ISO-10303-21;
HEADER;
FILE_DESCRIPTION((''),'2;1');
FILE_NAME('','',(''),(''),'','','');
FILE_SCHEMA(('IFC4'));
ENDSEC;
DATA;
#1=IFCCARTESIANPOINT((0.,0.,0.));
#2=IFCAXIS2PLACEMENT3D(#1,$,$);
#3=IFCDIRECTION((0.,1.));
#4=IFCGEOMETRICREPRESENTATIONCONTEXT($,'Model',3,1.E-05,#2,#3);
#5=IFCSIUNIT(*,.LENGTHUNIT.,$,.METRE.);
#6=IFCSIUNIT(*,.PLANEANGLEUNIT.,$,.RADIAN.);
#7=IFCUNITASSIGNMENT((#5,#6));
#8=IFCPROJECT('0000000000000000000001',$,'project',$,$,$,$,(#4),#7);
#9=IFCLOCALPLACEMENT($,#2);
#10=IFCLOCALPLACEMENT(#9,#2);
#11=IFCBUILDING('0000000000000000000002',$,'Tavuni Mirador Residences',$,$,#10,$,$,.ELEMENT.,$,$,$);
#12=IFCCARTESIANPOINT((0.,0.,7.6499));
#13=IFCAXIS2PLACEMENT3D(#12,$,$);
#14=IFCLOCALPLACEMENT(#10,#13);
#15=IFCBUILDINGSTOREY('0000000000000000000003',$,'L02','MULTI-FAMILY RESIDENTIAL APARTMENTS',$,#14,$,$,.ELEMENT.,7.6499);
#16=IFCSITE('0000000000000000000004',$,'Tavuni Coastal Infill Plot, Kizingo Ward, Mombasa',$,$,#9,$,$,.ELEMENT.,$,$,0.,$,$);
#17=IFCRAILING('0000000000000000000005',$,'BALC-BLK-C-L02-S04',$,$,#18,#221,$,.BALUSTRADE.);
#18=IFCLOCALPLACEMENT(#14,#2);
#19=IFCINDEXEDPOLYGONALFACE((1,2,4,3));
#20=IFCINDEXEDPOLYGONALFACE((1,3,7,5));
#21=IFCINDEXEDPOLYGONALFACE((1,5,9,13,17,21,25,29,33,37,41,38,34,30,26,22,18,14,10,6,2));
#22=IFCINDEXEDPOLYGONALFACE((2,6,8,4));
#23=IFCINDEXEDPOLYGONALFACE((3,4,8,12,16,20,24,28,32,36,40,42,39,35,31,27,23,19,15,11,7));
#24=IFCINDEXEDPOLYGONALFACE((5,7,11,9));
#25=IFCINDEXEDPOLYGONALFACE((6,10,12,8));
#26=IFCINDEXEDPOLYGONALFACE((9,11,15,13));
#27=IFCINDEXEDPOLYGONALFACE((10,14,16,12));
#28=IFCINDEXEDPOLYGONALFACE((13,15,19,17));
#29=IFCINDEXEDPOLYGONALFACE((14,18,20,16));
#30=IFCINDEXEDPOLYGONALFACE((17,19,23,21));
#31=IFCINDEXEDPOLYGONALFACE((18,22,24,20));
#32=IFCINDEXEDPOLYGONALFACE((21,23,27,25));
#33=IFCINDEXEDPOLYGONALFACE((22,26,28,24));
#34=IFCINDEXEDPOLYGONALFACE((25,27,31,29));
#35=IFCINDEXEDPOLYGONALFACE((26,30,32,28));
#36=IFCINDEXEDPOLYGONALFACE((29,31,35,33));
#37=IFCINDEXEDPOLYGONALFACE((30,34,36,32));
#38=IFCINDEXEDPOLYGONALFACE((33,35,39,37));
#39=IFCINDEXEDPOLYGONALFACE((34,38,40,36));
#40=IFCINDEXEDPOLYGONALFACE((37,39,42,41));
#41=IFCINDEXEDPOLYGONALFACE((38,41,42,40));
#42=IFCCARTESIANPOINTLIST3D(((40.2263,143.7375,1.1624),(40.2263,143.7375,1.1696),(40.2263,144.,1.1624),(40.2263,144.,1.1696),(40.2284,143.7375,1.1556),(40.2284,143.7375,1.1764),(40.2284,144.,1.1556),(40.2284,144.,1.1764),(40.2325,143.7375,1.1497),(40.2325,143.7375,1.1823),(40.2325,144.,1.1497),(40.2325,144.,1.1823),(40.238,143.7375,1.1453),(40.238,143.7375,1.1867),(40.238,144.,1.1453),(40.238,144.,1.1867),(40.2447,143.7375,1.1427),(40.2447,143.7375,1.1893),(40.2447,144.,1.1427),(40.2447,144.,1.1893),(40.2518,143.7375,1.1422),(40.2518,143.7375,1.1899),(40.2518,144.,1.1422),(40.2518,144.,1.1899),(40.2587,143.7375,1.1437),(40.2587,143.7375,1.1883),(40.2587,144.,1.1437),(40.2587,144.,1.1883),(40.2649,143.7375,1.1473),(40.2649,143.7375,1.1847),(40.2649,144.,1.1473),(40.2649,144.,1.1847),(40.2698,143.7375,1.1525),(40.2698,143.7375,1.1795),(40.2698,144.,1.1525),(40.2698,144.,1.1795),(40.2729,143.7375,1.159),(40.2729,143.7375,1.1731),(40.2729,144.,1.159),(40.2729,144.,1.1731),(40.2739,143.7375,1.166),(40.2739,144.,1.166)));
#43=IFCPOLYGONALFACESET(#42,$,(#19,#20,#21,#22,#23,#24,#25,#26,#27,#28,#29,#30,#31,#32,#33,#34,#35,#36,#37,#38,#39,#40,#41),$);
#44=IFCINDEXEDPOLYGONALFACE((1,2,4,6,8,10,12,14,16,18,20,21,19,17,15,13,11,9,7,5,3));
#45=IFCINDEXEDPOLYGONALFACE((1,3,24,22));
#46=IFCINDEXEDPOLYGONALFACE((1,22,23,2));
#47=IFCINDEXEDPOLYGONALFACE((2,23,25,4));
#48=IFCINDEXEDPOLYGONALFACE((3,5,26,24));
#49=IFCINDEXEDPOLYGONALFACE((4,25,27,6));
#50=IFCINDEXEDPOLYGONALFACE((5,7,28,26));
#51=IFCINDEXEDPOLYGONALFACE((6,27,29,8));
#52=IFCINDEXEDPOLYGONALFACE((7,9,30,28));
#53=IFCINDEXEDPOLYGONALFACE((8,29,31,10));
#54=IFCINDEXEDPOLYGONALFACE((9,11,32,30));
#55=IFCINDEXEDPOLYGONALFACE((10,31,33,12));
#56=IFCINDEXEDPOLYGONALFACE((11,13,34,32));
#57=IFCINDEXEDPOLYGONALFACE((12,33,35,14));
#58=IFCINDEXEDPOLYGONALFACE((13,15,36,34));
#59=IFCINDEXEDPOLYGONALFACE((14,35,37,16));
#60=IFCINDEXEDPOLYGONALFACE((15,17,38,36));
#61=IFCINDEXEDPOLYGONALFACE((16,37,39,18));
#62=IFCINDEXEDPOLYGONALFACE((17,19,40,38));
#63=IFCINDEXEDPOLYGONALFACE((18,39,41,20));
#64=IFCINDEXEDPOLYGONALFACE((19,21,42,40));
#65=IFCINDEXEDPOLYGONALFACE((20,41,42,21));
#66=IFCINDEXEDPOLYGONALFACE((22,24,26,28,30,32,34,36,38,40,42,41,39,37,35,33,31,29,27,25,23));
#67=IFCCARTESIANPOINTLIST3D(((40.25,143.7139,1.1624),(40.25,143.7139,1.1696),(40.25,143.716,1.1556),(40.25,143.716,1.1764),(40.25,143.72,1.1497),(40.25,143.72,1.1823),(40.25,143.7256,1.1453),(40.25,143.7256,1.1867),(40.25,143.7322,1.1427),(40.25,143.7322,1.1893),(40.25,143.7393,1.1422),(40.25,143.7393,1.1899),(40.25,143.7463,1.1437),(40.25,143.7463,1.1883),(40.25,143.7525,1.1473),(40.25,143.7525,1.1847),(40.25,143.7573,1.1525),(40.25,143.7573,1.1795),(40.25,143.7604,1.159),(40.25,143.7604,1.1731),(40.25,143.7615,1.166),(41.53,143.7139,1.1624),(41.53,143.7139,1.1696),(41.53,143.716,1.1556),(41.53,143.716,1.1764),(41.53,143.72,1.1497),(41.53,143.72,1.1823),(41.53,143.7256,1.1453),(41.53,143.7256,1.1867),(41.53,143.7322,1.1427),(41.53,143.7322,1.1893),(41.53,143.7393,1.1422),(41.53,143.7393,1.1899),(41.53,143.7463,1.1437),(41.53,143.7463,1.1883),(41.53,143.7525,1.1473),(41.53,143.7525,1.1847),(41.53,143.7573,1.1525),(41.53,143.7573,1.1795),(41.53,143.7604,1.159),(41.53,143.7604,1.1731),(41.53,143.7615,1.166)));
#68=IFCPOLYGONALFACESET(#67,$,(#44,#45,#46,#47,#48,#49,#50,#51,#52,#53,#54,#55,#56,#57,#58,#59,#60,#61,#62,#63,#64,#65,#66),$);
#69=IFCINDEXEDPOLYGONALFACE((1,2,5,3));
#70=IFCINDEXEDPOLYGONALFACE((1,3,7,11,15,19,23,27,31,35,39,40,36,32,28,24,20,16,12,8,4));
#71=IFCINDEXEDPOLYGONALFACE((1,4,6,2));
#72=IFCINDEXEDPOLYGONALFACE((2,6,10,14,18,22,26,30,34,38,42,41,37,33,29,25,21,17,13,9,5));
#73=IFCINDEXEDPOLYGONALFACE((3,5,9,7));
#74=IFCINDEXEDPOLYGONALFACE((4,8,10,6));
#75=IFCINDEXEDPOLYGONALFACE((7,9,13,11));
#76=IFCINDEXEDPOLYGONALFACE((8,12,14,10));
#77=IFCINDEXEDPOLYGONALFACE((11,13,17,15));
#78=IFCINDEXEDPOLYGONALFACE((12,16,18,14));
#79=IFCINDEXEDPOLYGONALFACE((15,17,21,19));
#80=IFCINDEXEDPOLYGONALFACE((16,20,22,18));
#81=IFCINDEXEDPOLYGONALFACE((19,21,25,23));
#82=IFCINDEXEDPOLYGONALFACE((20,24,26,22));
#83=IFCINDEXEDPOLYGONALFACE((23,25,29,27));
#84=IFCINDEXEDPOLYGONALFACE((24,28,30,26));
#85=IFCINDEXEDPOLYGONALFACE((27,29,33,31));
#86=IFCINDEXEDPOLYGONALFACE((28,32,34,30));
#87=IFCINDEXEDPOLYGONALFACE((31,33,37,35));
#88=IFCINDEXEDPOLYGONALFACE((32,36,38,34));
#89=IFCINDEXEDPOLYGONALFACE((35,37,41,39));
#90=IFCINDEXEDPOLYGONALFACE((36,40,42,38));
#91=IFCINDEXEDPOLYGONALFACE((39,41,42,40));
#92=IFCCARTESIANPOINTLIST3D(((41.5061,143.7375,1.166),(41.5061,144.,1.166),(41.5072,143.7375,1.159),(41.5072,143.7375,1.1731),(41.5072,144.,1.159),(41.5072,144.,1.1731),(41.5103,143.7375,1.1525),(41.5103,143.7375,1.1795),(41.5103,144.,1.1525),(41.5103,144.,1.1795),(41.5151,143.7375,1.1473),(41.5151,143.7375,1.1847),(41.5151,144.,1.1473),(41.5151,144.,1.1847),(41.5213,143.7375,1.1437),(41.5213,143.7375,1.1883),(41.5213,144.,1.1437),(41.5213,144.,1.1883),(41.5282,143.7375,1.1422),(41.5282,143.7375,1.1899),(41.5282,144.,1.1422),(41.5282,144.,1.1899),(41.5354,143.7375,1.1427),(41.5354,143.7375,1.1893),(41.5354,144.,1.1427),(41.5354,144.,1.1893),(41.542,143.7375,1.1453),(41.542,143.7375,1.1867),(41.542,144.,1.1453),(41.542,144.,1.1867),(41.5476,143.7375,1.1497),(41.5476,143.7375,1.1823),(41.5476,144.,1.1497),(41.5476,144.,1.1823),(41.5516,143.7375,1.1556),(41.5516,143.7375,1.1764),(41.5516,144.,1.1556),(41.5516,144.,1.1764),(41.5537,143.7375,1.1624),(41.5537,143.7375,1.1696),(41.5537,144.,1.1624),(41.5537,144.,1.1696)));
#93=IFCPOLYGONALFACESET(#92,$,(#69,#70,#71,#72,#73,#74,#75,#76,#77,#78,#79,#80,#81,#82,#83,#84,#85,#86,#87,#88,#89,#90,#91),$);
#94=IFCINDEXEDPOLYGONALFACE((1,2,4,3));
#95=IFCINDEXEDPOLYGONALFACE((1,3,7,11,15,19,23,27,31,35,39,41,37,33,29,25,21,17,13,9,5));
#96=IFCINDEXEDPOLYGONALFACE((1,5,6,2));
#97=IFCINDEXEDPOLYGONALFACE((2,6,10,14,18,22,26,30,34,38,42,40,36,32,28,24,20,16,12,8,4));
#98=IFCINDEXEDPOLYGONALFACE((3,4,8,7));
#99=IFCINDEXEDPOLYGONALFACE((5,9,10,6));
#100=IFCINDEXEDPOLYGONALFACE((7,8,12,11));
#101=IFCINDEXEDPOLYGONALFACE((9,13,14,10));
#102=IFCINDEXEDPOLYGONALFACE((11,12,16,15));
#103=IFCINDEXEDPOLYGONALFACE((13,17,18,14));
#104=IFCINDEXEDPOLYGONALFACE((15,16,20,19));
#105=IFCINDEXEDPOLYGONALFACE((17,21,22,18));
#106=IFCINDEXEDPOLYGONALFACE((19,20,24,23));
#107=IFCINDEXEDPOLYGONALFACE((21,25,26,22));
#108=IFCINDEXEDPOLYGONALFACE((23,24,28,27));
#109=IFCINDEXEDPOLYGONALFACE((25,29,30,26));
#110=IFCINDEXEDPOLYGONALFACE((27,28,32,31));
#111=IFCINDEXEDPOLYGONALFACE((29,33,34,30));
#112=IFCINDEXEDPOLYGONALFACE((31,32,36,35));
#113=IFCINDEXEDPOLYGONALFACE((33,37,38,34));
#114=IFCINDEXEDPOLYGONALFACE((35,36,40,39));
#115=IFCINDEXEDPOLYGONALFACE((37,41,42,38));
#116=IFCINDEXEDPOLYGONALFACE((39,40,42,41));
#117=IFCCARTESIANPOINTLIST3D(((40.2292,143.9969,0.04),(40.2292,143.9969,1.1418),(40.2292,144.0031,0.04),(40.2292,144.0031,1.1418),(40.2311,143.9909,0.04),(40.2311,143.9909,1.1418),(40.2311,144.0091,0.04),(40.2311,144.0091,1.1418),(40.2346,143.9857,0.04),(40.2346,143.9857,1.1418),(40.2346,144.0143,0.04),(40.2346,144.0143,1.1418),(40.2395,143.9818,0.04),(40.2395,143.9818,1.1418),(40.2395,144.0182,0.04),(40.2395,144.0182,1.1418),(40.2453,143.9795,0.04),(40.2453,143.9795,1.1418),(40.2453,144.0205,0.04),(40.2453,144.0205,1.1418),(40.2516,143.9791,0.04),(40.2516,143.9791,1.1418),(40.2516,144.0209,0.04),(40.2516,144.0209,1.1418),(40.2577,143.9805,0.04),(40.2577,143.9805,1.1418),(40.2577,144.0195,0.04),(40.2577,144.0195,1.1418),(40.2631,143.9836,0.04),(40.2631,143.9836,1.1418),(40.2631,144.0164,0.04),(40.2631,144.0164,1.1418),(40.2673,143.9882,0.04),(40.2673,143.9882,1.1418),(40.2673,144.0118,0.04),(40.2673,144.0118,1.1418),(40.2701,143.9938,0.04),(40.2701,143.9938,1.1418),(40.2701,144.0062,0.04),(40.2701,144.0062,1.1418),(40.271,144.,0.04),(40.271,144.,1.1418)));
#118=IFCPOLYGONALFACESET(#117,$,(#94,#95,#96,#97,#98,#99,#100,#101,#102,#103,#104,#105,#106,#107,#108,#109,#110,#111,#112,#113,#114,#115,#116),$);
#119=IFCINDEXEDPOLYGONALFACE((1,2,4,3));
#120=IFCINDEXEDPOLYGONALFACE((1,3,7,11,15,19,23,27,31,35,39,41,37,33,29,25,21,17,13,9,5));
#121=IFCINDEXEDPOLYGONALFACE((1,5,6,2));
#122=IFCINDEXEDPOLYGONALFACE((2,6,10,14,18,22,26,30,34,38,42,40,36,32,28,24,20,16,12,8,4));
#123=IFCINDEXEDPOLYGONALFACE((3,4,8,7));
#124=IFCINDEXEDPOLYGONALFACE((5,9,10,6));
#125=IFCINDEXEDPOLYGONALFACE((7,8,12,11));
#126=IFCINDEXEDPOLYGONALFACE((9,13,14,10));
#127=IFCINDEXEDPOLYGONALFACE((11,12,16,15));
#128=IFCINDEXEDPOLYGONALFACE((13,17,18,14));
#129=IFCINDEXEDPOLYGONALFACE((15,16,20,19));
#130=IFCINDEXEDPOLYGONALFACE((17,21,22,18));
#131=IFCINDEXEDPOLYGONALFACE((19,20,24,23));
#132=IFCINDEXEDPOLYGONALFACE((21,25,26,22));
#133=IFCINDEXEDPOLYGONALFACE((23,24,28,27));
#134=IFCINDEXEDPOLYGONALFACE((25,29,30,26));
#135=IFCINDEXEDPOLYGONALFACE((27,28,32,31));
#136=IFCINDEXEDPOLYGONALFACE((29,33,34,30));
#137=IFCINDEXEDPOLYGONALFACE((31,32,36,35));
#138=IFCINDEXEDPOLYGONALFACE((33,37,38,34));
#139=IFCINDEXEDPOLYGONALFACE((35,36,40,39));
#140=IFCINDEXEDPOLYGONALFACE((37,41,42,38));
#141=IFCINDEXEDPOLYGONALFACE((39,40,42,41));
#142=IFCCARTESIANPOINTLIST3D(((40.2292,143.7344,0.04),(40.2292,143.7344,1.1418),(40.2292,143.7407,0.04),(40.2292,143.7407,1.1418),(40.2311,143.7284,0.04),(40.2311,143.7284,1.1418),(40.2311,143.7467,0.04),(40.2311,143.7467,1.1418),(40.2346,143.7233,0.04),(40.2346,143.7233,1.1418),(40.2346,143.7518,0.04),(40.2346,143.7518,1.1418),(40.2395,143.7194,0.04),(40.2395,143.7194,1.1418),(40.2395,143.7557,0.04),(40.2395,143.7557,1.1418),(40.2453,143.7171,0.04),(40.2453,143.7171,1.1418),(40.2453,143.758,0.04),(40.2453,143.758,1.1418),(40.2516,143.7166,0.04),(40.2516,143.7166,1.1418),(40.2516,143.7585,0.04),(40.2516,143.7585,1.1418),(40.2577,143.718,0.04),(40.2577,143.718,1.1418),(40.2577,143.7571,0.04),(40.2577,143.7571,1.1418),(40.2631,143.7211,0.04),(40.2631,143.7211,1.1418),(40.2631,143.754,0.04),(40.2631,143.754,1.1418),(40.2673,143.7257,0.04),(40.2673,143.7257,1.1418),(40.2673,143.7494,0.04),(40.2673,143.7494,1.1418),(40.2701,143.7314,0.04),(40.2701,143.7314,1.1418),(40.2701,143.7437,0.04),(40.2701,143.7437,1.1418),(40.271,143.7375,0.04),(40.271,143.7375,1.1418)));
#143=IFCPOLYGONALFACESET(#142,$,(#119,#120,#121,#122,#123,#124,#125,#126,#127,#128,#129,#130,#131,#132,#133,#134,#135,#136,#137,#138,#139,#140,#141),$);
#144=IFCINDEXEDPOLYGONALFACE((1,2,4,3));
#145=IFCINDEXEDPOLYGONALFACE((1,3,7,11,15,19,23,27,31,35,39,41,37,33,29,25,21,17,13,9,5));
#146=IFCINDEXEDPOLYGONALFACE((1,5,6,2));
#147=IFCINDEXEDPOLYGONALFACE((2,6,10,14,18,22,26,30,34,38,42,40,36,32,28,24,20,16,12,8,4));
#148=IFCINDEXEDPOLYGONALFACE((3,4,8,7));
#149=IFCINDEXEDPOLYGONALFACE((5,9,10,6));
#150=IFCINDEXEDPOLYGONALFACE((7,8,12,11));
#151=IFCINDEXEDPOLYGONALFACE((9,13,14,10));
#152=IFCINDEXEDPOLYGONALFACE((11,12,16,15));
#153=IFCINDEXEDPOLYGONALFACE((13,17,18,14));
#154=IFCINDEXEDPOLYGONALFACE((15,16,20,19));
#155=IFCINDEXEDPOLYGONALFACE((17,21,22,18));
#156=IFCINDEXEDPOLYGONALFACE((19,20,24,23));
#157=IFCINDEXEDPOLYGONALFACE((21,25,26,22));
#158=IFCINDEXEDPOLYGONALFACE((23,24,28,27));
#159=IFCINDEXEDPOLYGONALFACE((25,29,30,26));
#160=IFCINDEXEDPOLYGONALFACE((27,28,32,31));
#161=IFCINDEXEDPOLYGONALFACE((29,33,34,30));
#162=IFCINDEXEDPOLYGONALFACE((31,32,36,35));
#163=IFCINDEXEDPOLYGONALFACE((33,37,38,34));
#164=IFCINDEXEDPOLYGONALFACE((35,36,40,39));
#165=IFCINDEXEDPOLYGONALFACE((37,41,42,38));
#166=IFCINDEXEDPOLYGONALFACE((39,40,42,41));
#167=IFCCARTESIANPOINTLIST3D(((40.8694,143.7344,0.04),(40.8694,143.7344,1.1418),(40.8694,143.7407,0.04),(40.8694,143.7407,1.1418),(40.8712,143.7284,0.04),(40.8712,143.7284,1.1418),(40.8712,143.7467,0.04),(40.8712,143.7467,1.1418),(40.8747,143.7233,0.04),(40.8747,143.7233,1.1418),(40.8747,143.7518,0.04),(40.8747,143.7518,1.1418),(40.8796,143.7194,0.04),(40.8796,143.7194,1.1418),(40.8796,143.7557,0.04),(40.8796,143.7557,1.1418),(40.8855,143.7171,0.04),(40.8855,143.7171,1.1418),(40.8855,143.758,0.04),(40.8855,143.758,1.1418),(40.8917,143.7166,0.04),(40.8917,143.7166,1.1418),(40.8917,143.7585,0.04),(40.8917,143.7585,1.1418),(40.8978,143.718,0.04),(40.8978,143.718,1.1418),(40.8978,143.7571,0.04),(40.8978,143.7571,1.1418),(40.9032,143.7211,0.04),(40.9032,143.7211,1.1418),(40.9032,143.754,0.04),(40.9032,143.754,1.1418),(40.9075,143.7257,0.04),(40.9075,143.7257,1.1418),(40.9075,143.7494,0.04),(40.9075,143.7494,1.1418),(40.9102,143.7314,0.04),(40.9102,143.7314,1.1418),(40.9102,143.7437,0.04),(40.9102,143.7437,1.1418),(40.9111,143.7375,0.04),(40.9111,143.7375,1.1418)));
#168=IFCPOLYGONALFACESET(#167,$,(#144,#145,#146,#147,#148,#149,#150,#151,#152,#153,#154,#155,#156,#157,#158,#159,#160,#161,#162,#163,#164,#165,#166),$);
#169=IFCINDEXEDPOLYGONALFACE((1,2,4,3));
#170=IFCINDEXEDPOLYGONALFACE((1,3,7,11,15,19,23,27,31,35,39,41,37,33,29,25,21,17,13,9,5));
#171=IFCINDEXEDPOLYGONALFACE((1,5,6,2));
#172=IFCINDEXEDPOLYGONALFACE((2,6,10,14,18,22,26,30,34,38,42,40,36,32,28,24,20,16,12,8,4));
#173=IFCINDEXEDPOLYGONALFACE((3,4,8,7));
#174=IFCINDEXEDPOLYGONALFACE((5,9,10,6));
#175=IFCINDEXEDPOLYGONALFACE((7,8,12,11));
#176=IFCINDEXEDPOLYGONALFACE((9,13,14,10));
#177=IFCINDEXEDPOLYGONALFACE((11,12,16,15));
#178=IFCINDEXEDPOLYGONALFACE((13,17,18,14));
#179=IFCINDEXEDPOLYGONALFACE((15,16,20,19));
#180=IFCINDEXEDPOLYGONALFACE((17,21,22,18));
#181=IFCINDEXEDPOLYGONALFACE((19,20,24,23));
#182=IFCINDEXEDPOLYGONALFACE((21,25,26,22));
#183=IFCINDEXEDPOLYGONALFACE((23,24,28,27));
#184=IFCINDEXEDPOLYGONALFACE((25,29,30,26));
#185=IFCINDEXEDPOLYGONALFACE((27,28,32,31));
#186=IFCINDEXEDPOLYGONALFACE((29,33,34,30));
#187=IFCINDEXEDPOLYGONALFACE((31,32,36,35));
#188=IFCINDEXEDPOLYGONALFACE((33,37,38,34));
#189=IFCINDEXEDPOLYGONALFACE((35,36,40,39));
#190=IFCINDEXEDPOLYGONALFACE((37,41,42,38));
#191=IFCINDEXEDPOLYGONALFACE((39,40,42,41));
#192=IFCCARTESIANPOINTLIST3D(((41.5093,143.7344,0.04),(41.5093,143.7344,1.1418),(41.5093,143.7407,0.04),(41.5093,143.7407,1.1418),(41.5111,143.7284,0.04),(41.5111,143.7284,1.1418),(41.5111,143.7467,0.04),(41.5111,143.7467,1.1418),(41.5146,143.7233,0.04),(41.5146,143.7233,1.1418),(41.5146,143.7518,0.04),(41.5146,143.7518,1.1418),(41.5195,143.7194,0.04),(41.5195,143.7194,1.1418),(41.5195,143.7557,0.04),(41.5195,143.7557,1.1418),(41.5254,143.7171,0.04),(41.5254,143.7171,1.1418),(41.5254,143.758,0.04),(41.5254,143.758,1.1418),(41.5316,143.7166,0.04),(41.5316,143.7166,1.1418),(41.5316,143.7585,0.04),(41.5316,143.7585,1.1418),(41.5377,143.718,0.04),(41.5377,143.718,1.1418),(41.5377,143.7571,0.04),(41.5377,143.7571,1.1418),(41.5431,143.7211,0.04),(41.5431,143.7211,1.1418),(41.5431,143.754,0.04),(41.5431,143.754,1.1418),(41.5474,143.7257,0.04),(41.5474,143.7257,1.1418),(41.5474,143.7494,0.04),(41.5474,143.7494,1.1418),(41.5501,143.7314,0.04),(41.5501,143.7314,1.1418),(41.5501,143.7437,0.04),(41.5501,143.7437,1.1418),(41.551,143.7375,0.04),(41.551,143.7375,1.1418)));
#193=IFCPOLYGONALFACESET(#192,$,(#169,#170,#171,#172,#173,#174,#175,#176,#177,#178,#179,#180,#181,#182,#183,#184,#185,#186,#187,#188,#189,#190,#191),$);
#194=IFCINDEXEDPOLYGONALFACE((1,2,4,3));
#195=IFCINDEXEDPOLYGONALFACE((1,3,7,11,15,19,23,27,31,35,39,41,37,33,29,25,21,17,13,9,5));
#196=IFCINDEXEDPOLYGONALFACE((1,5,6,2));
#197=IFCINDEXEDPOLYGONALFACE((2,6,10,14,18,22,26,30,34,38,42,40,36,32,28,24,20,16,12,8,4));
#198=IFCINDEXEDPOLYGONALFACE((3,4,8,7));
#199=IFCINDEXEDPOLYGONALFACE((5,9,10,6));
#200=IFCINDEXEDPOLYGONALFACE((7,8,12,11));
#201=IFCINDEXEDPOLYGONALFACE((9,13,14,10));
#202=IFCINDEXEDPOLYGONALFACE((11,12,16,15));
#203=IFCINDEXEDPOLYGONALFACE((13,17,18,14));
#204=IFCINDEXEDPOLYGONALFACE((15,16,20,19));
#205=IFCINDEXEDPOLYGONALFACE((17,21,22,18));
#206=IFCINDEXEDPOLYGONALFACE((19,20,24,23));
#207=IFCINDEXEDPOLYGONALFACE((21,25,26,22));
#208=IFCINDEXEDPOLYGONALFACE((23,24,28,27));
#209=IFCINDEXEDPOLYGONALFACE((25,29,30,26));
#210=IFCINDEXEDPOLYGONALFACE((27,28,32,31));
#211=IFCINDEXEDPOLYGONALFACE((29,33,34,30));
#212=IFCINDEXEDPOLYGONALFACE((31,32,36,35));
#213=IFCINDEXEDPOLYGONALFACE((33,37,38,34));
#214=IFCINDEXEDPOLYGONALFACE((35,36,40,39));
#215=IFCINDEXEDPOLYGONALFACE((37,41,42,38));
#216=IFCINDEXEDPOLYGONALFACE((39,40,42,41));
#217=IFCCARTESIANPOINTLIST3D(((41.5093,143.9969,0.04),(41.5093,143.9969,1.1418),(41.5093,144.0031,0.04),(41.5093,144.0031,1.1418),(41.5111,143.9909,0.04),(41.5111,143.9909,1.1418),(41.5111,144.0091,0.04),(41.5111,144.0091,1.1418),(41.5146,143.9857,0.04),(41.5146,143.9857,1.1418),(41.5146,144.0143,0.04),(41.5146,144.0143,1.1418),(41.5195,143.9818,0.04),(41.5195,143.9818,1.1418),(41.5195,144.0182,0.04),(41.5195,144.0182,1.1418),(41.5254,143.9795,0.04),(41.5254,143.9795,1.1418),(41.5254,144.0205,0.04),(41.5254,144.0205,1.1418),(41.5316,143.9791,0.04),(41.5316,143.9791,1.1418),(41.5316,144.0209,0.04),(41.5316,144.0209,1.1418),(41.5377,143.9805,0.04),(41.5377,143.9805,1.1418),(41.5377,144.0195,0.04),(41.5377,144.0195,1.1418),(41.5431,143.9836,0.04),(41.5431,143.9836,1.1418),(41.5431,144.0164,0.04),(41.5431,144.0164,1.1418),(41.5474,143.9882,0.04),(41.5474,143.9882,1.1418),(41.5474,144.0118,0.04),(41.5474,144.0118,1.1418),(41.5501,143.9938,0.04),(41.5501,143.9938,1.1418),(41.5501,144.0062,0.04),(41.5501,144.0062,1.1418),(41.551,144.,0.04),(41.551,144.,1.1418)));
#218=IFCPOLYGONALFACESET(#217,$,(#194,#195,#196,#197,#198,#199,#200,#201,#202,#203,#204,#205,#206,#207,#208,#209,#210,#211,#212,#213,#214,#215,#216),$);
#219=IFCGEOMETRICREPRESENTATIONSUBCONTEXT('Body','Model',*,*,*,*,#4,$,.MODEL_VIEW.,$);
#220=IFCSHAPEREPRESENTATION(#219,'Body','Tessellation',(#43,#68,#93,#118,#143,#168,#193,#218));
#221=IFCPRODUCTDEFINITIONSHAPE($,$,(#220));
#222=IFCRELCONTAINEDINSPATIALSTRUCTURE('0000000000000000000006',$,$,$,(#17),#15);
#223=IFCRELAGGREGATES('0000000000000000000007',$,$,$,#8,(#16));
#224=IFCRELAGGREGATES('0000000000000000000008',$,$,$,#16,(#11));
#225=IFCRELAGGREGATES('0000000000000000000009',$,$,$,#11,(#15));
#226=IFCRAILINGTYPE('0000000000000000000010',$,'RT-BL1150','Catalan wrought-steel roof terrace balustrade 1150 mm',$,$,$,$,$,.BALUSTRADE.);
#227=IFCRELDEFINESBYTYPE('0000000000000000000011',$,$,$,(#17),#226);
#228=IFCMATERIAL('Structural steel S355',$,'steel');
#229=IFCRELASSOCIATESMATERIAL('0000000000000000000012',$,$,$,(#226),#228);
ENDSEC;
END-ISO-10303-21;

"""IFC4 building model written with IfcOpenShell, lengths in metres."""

from ifc_helpers import new_model, si_unit, direction, frame, origin, origin_2d, place, context, subcontext, project, spatial, circle, extrude, material, type_object, element, save


model = new_model("IFC4")

# Units and contexts
model_context = context("Model", 3, precision=1e-05, world=origin(), true_north=direction((0.0, 1.0)))
body_context = subcontext(model_context, "Body", "Model", "MODEL_VIEW")
ifc_project = project(units=[si_unit("LENGTHUNIT", "METRE"), si_unit("PLANEANGLEUNIT", "RADIAN")], contexts=[model_context])

# Site, building, storey
site_placement = place(None, origin())
site = spatial("IfcSite", under=ifc_project, at=site_placement, Name="Tavuni Coastal Infill Plot, Kizingo Ward, Mombasa", CompositionType="ELEMENT", RefElevation=0.0)
building_placement = place(site_placement, origin())
building = spatial("IfcBuilding", under=site, at=building_placement, Name="Tavuni Mirador Residences", CompositionType="ELEMENT")
storey_placement = place(building_placement, frame((0.0, 0.0, 7.6499)))
storey = spatial("IfcBuildingStorey", under=building, at=storey_placement, Name="L02", Description="MULTI-FAMILY RESIDENTIAL APARTMENTS", CompositionType="ELEMENT", Elevation=7.6499)

# Shared definitions
ifc_material_1 = material(Name="Structural steel S355", Category="steel")

# Railing
railing_type = type_object("IfcRailingType", Name="RT-BL1150", Description="Catalan wrought-steel roof terrace balustrade 1150 mm", PredefinedType="BALUSTRADE", material=ifc_material_1)
railing_placement = place(storey_placement, frame((40.25, 144.0, 0.04)))
element("IfcRailing", 1, at=railing_placement, inside=storey, type_object=railing_type, Name="BALC-BLK-C-L02-S04", PredefinedType="BALUSTRADE", context=body_context, shape_type="SweptSolid", body=[
    extrude(circle(Radius=0.0239, at=origin_2d()), frame((0.0, 0.0, 1.126), z_axis=(0.0, -1.0, 0.0), x_axis=(1.0, 0.0, 0.0)), (0.0, 0.0, 1.0), 0.2625),
    extrude(circle(Radius=0.0239, at=origin_2d()), frame((0.0, -0.2625, 1.126), z_axis=(1.0, 0.0, 0.0), x_axis=(0.0, 1.0, 0.0)), (0.0, 0.0, 1.0), 1.28),
    extrude(circle(Radius=0.0239, at=origin_2d()), frame((1.28, -0.2625, 1.126), z_axis=(0.0, 1.0, 0.0), x_axis=(-1.0, 0.0, 0.0)), (0.0, 0.0, 1.0), 0.2625),
    extrude(circle(Radius=0.021, at=origin_2d()), origin(), (0.0, 0.0, 1.0), 1.1018),
    extrude(circle(Radius=0.021, at=origin_2d()), frame((0.0, -0.2625, 0.0)), (0.0, 0.0, 1.0), 1.1018),
    extrude(circle(Radius=0.021, at=origin_2d()), frame((0.6401, -0.2625, 0.0)), (0.0, 0.0, 1.0), 1.1018),
    extrude(circle(Radius=0.021, at=origin_2d()), frame((1.28, -0.2625, 0.0)), (0.0, 0.0, 1.0), 1.1018),
    extrude(circle(Radius=0.021, at=origin_2d()), frame((1.28, 0.0, 0.0)), (0.0, 0.0, 1.0), 1.1018),
])

save(model, "model.ifc")
